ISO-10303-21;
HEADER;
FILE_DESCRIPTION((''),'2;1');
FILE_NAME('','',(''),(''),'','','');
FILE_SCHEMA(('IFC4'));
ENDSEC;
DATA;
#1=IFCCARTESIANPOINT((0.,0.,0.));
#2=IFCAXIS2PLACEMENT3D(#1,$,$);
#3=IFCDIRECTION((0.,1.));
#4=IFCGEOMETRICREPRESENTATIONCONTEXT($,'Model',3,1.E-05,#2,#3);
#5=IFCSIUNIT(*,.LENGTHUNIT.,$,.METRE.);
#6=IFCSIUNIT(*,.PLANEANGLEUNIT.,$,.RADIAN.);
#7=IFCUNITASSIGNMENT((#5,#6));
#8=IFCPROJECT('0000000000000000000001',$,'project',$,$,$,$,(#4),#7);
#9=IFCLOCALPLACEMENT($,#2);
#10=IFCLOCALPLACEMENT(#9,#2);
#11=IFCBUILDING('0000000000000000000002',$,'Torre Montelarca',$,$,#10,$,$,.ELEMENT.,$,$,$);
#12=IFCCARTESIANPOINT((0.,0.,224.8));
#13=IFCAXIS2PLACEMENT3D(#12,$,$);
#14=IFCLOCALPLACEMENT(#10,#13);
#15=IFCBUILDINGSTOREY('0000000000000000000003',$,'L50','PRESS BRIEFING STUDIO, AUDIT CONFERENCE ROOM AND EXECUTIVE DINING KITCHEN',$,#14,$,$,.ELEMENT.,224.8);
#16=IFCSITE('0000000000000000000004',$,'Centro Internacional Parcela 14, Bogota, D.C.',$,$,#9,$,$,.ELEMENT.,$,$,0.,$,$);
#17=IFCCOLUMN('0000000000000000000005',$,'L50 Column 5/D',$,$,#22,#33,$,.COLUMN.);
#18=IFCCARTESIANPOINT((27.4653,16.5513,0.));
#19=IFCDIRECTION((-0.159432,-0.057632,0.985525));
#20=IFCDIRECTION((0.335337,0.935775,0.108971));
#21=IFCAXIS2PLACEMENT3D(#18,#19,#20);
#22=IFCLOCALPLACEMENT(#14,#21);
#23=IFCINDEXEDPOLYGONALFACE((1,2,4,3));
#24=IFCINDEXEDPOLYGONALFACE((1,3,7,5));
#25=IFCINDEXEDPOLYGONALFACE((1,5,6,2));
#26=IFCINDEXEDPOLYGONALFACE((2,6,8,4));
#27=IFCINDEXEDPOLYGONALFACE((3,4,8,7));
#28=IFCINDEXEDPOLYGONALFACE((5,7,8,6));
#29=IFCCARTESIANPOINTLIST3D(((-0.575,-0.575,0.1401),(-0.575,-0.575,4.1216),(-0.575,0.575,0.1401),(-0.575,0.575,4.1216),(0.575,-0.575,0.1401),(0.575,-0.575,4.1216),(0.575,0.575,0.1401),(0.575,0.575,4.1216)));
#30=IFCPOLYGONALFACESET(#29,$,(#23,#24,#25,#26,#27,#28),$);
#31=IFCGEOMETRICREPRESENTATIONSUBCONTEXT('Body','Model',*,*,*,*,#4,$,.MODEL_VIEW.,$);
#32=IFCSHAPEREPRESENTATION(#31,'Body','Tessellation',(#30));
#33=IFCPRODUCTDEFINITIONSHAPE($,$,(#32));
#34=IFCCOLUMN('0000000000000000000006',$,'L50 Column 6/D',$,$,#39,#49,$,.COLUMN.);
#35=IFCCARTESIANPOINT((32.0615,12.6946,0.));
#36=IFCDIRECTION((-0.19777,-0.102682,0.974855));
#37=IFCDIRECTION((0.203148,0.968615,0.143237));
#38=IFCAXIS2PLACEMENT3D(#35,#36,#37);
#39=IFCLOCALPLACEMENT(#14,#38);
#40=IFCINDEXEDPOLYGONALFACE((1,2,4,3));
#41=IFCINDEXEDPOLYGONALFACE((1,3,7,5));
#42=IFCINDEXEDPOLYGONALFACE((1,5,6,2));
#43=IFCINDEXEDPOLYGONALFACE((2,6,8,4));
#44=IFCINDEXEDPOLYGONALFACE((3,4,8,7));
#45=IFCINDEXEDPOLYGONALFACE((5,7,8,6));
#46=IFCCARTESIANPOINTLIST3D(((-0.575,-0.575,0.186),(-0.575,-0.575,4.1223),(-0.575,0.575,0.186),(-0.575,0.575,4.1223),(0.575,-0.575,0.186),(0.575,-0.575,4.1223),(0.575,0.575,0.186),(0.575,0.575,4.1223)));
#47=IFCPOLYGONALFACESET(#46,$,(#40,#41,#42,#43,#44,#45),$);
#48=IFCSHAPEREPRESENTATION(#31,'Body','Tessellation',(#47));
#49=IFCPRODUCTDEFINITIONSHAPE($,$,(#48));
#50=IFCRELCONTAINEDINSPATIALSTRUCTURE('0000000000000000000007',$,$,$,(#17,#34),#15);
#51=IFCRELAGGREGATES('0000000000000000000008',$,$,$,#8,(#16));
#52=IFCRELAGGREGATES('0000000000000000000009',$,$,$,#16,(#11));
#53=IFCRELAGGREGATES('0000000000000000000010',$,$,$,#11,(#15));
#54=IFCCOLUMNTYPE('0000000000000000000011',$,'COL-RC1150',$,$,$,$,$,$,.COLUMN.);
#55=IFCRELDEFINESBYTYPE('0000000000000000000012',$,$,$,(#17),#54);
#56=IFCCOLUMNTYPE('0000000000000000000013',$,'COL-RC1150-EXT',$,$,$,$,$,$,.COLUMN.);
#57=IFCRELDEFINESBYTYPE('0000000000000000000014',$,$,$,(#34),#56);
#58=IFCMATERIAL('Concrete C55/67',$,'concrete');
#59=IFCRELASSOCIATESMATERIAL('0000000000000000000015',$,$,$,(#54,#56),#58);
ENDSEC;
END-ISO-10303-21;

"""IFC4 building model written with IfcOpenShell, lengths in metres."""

from ifc_helpers import new_model, si_unit, direction, frame, origin, origin_2d, place, context, subcontext, project, spatial, rectangle, extrude, clip, halfspace, material, material_profile, profile_set, type_object, element, save


model = new_model("IFC4")

# Units and contexts
model_context = context("Model", 3, precision=1e-05, world=origin(), true_north=direction((0.0, 1.0)))
body_context = subcontext(model_context, "Body", "Model", "MODEL_VIEW")
ifc_project = project(units=[si_unit("LENGTHUNIT", "METRE"), si_unit("PLANEANGLEUNIT", "RADIAN")], contexts=[model_context])

# Site, building, storey
site_placement = place(None, origin())
site = spatial("IfcSite", under=ifc_project, at=site_placement, Name="Centro Internacional Parcela 14, Bogota, D.C.", CompositionType="ELEMENT", RefElevation=0.0)
building_placement = place(site_placement, origin())
building = spatial("IfcBuilding", under=site, at=building_placement, Name="Torre Montelarca", CompositionType="ELEMENT")
storey_placement = place(building_placement, frame((0.0, 0.0, 224.8)))
storey = spatial("IfcBuildingStorey", under=building, at=storey_placement, Name="L50", Description="PRESS BRIEFING STUDIO, AUDIT CONFERENCE ROOM AND EXECUTIVE DINING KITCHEN", CompositionType="ELEMENT", Elevation=224.8)

# Columns
ifc_material_1 = material(Name="Concrete C55/67", Category="concrete")
ifc_material_profile_1 = material_profile(ifc_material_1, rectangle(XDim=1.1499, YDim=1.1499, at=origin_2d()), Name="RC1150X1150", Category="concrete")
ifc_profile_set_1 = profile_set([ifc_material_profile_1], Name="Concrete C55/67")
column_type_1 = type_object("IfcColumnType", Name="COL-RC1150", PredefinedType="COLUMN", material=ifc_profile_set_1)
column_1_placement = place(storey_placement, frame((27.4653, 16.5513, 0.0), z_axis=(-0.159432, -0.057632, 0.985525), x_axis=(0.335337, 0.935775, 0.108971)))
element("IfcColumn", 1, at=column_1_placement, inside=storey, type_object=column_type_1, Name="L50 Column 5/D", PredefinedType="COLUMN", context=body_context, shape_type="Clipping", body=[
    clip(clip(extrude(rectangle(XDim=1.1499, YDim=1.1499, at=origin_2d()), origin(), (0.0, 0.0, 1.0), 4.2617), halfspace(frame((0.0, 0.0, 0.1401), z_axis=(0.0, 0.0, -1.0), x_axis=(1.0, 0.0, 0.0)), False)), halfspace(frame((0.0, 0.0, 4.1216), z_axis=(0.0, 0.0, 1.0), x_axis=(1.0, 0.0, 0.0)), False)),
])
ifc_material_profile_2 = material_profile(ifc_material_1, rectangle(XDim=1.1499, YDim=1.1499, at=origin_2d()), Name="RC1150X1150", Category="concrete")
ifc_profile_set_2 = profile_set([ifc_material_profile_2], Name="Concrete C55/67")
column_type_2 = type_object("IfcColumnType", Name="COL-RC1150-EXT", PredefinedType="COLUMN", material=ifc_profile_set_2)
column_2_placement = place(storey_placement, frame((32.0615, 12.6946, 0.0), z_axis=(-0.19777, -0.102682, 0.974855), x_axis=(0.203148, 0.968615, 0.143237)))
element("IfcColumn", 2, at=column_2_placement, inside=storey, type_object=column_type_2, Name="L50 Column 6/D", PredefinedType="COLUMN", context=body_context, shape_type="Clipping", body=[
    clip(clip(extrude(rectangle(XDim=1.1499, YDim=1.1499, at=origin_2d()), origin(), (0.0, 0.0, 1.0), 4.3083), halfspace(frame((0.0, 0.0, 0.186), z_axis=(0.0, 0.0, -1.0), x_axis=(1.0, 0.0, 0.0)), False)), halfspace(frame((0.0, 0.0, 4.1223), z_axis=(0.0, 0.0, 1.0), x_axis=(1.0, 0.0, 0.0)), False)),
])

save(model, "model.ifc")
